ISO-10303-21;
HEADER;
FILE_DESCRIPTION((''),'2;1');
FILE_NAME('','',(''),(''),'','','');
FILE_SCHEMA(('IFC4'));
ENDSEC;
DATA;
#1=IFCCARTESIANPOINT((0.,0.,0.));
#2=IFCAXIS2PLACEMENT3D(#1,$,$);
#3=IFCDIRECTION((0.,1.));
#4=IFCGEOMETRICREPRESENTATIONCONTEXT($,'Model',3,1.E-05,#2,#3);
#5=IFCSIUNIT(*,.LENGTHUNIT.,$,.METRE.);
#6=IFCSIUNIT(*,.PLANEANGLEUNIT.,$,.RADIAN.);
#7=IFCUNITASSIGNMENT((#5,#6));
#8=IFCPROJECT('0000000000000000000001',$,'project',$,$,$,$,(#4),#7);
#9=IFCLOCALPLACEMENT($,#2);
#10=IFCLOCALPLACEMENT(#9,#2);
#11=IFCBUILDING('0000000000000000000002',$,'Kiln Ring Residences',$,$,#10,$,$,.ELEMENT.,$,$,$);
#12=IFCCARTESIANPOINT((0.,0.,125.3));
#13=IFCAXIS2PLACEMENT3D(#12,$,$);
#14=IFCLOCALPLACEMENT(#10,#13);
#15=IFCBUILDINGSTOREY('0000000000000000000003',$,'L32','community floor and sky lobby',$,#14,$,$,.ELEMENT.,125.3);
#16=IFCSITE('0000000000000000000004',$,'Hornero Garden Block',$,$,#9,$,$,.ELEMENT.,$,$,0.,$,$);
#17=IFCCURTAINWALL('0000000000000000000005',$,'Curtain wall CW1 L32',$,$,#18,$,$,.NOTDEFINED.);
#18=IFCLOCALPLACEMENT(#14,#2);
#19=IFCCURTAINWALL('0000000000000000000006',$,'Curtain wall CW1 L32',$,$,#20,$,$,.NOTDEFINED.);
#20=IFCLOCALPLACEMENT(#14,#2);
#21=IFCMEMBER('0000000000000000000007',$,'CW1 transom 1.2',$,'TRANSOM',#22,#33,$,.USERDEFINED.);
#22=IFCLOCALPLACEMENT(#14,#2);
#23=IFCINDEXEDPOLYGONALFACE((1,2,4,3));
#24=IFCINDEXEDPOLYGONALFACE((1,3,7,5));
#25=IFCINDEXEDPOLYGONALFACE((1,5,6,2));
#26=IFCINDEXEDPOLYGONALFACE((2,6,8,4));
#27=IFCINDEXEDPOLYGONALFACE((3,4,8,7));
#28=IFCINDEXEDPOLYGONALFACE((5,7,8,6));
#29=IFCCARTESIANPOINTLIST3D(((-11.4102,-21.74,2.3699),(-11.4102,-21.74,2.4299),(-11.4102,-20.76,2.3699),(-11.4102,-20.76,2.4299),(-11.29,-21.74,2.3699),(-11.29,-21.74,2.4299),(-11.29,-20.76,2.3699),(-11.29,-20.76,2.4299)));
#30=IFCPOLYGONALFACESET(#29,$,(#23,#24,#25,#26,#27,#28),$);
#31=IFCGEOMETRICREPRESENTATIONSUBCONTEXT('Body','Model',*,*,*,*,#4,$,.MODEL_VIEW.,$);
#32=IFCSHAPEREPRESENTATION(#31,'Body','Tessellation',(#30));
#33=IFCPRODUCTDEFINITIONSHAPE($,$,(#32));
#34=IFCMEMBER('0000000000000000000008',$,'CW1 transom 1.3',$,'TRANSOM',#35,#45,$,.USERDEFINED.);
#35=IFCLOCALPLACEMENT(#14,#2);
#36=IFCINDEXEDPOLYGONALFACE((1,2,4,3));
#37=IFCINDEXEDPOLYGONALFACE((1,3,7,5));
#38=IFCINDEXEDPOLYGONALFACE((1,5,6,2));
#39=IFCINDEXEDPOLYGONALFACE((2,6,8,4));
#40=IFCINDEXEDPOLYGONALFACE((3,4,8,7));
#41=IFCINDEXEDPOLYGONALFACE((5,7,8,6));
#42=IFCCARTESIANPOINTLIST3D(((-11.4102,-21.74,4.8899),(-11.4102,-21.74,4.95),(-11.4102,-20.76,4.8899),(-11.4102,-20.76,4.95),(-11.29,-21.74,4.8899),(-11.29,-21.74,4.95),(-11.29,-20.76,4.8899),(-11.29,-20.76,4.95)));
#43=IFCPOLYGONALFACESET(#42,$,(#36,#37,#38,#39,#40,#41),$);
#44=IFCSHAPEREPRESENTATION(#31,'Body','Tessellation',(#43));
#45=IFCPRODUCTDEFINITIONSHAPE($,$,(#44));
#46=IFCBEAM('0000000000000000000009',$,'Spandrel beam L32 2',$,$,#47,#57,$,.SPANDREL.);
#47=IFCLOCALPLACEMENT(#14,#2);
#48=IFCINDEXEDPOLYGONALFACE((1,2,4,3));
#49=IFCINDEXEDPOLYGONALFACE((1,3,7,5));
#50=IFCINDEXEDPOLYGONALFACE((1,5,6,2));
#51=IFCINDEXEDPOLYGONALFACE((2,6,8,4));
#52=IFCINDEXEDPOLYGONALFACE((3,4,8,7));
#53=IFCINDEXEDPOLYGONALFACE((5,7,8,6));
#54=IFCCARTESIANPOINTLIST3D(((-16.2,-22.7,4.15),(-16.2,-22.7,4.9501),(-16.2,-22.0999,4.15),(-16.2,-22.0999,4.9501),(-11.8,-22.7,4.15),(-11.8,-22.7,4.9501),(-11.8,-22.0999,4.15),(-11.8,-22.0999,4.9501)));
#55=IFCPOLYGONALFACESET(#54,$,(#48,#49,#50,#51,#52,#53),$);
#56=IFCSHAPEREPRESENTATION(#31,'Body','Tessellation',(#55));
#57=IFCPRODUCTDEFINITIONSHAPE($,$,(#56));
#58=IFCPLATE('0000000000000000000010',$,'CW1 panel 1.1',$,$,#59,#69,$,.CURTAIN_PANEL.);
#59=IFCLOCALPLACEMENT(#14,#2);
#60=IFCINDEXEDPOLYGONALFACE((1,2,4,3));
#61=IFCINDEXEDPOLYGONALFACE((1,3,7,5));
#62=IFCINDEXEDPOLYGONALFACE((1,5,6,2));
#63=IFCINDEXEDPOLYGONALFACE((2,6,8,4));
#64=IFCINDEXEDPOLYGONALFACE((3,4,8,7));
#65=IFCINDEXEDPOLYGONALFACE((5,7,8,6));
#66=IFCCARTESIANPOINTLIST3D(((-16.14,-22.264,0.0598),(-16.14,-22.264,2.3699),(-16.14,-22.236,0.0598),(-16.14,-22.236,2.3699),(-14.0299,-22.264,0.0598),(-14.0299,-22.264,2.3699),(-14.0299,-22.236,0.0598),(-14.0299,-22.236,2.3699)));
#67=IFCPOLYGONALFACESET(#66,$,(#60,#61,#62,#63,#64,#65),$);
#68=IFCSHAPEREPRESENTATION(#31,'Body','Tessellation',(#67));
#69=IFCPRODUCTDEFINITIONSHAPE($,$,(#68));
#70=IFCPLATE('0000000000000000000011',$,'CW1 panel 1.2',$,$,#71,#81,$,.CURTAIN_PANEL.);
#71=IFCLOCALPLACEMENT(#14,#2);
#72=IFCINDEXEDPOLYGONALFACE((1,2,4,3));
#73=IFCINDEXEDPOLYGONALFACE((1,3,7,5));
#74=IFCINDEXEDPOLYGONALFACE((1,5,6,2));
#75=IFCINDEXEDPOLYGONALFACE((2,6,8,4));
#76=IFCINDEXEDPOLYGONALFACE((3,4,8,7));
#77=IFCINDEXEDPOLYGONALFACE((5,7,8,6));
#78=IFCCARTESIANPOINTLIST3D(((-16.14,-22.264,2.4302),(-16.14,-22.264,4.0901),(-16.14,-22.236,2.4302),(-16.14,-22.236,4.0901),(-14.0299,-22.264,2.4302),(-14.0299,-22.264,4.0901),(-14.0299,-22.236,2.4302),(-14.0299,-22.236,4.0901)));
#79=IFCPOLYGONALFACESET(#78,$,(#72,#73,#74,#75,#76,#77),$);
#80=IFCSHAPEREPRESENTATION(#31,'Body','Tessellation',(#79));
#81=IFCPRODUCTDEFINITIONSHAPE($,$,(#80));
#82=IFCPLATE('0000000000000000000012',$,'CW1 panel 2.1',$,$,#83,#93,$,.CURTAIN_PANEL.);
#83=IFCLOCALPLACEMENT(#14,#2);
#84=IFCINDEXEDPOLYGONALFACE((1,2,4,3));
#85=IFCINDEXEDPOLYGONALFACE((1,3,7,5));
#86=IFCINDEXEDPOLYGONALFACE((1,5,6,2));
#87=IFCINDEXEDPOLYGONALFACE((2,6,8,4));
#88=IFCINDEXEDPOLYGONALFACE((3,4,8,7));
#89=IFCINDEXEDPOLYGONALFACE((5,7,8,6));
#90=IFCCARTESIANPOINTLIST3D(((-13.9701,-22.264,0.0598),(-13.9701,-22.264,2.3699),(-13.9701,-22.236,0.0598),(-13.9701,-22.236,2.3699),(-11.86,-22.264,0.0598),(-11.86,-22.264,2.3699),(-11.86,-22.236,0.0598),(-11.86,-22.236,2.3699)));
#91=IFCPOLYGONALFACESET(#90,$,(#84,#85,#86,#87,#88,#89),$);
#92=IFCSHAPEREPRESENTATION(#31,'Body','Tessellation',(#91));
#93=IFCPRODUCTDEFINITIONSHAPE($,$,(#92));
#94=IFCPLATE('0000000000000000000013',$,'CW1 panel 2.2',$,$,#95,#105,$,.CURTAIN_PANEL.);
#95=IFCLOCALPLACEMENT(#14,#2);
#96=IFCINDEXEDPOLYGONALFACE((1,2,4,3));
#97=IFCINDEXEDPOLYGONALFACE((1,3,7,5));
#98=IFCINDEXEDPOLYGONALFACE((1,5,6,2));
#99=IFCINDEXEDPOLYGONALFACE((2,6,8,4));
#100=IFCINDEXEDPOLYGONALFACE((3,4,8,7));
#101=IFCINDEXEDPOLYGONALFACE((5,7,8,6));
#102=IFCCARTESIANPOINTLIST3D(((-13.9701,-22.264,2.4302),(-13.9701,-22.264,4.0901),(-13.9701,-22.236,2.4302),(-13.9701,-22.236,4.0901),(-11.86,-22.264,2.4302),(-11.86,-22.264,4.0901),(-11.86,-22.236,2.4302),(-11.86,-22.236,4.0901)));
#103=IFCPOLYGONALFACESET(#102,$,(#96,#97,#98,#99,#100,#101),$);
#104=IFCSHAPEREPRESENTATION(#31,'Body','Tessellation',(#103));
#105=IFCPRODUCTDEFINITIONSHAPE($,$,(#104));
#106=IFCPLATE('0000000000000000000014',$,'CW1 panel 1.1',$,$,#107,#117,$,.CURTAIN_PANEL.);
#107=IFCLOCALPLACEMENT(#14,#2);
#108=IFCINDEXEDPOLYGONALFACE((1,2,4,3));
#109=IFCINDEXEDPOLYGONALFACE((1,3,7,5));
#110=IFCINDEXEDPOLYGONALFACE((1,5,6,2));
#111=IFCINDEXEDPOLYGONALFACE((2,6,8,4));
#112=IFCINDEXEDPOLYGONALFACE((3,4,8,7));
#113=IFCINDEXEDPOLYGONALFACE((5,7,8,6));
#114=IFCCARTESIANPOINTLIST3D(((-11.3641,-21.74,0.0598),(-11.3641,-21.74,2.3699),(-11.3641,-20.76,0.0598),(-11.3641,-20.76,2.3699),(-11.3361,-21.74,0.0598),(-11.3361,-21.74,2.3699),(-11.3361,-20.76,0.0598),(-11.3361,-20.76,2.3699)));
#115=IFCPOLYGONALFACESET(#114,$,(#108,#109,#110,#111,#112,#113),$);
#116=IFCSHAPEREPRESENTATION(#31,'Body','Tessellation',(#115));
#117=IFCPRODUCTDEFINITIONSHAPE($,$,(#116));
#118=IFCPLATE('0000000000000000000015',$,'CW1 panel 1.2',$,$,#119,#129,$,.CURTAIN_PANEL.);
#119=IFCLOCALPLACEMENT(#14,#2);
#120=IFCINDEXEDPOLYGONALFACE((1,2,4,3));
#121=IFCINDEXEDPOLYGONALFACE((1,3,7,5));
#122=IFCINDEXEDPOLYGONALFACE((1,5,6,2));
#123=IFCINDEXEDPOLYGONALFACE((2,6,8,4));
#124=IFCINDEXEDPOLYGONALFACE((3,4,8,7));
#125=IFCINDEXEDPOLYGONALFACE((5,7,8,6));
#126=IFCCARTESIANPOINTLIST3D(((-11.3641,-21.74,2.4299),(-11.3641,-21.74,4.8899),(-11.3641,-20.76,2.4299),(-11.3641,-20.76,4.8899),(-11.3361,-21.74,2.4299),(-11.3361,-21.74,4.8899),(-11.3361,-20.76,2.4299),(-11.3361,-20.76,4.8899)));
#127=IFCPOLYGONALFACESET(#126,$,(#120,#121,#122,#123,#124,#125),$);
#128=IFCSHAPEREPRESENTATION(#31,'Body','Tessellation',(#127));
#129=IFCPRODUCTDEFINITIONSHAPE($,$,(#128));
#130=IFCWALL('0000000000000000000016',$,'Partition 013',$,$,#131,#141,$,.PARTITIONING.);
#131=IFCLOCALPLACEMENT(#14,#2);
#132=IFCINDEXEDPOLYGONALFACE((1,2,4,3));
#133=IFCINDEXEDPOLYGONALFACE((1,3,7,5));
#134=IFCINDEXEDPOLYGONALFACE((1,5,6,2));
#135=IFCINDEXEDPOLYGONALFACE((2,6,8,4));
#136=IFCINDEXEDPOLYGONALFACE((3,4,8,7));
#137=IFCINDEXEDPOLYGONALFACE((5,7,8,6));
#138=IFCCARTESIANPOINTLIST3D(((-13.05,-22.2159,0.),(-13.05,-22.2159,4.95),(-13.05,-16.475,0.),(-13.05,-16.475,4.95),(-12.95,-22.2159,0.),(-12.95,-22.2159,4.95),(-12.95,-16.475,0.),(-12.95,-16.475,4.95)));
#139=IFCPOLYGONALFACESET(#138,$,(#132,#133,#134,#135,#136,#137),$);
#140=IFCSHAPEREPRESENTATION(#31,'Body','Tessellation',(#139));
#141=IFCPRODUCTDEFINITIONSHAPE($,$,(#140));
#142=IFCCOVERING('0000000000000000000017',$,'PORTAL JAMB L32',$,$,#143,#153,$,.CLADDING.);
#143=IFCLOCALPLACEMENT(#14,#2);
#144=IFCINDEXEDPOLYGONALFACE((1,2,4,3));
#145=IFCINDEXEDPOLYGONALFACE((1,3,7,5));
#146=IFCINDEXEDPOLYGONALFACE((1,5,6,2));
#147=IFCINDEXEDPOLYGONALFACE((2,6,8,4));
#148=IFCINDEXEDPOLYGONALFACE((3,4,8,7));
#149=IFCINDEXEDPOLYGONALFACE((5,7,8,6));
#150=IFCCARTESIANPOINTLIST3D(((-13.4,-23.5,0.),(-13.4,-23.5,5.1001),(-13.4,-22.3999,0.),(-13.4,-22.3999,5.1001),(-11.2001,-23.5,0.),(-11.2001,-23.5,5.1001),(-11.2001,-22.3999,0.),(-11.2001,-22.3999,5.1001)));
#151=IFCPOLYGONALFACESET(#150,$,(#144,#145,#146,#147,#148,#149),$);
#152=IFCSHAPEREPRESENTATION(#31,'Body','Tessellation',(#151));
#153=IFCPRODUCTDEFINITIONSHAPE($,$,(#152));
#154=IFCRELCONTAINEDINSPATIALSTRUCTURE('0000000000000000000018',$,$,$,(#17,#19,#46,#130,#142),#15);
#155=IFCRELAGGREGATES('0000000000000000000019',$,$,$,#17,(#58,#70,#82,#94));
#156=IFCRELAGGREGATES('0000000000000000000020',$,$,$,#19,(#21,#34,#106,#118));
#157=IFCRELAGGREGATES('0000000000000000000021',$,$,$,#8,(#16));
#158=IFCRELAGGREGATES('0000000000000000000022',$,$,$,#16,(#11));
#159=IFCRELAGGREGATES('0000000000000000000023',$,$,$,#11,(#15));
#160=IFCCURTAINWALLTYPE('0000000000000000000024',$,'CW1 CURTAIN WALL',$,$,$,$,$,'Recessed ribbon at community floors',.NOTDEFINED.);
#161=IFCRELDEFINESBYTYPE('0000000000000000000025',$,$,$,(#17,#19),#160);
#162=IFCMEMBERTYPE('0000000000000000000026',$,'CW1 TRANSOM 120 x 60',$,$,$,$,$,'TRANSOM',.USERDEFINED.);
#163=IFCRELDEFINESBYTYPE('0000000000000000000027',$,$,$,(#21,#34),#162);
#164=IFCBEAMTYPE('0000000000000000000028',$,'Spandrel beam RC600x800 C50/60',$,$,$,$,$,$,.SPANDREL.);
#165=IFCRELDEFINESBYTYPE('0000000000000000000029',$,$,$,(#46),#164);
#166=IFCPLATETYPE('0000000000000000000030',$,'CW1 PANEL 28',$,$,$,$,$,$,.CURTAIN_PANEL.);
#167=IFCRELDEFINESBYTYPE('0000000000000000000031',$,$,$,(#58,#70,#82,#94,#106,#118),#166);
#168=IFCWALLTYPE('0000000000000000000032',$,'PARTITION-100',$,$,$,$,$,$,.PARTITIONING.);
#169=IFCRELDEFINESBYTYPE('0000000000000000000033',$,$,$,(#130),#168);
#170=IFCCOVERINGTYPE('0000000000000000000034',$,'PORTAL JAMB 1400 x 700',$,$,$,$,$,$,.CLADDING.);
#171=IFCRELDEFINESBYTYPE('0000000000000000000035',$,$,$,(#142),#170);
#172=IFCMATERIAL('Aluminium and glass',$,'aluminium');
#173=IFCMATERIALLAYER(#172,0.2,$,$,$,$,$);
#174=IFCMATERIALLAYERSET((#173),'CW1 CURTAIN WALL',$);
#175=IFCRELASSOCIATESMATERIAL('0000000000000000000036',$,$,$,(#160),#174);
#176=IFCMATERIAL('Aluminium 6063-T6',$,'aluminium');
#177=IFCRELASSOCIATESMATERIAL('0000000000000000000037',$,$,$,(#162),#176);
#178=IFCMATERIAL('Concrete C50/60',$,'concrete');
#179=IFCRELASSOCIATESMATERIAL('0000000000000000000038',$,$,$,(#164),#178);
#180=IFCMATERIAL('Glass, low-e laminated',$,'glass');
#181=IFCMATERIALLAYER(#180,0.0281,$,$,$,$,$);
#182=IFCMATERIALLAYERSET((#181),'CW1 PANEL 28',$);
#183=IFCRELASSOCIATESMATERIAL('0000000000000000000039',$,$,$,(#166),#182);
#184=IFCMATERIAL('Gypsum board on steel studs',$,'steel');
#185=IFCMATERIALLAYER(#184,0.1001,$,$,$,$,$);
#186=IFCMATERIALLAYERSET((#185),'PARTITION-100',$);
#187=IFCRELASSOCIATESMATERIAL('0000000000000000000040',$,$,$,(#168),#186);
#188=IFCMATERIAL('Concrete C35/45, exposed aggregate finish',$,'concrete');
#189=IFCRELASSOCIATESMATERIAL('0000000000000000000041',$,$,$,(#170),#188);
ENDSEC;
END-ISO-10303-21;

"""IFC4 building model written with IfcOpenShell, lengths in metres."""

from ifc_helpers import new_model, si_unit, direction, frame, frame_2d, origin, origin_2d, place, context, subcontext, project, spatial, rectangle, extrude, material, layer, layer_set, material_profile, profile_set, type_object, element, aggregate, save


model = new_model("IFC4")

# Units and contexts
model_context = context("Model", 3, precision=1e-05, world=origin(), true_north=direction((0.0, 1.0)))
body_context = subcontext(model_context, "Body", "Model", "MODEL_VIEW")
ifc_project = project(units=[si_unit("LENGTHUNIT", "METRE"), si_unit("PLANEANGLEUNIT", "RADIAN")], contexts=[model_context])

# Site, building, storey
site_placement = place(None, origin())
site = spatial("IfcSite", under=ifc_project, at=site_placement, Name="Hornero Garden Block", CompositionType="ELEMENT", RefElevation=0.0)
building_placement = place(site_placement, origin())
building = spatial("IfcBuilding", under=site, at=building_placement, Name="Kiln Ring Residences", CompositionType="ELEMENT")
storey_placement = place(building_placement, frame((0.0, 0.0, 125.3)))
storey = spatial("IfcBuildingStorey", under=building, at=storey_placement, Name="L32", Description="community floor and sky lobby", CompositionType="ELEMENT", Elevation=125.3)

# Shared definitions
ifc_material_1 = material(Name="Aluminium and glass", Category="aluminium")
ifc_layer_1 = layer(ifc_material_1, 0.2)
ifc_layer_set_1 = layer_set([ifc_layer_1], Name="CW1 CURTAIN WALL")
curtain_wall_type = type_object("IfcCurtainWallType", Name="CW1 CURTAIN WALL", ElementType="Recessed ribbon at community floors", PredefinedType="NOTDEFINED", material=ifc_layer_set_1)
placement = place(storey_placement, origin())

# Curtain wall
curtain_wall_1 = element("IfcCurtainWall", 1, at=placement, inside=storey, type_object=curtain_wall_type, Name="Curtain wall CW1 L32", PredefinedType="NOTDEFINED")

# Curtain wall
curtain_wall_2 = element("IfcCurtainWall", 2, at=placement, inside=storey, type_object=curtain_wall_type, Name="Curtain wall CW1 L32", PredefinedType="NOTDEFINED")

# Members
ifc_material_2 = material(Name="Aluminium 6063-T6", Category="aluminium")
ifc_material_profile_1 = material_profile(ifc_material_2, rectangle(XDim=0.1201, YDim=0.0601, at=origin_2d()), Name="AL 120x60")
ifc_profile_set_1 = profile_set([ifc_material_profile_1], Name="Aluminium 6063-T6")
member_type_1 = type_object("IfcMemberType", Name="CW1 TRANSOM 120 x 60", ElementType="TRANSOM", PredefinedType="USERDEFINED", material=ifc_profile_set_1)
member_1_placement = place(storey_placement, frame((-11.3501, -21.74, 2.3999), z_axis=(0.0, 1.0, 0.0), x_axis=(-1.0, 0.0, 0.0)))
member_1 = element("IfcMember", 3, at=member_1_placement, type_object=member_type_1, Name="CW1 transom 1.2", ObjectType="TRANSOM", PredefinedType="USERDEFINED", context=body_context, shape_type="SweptSolid", body=[
    extrude(rectangle(XDim=0.1201, YDim=0.0601, at=origin_2d()), origin(), (0.0, 0.0, 1.0), 0.98),
])
member_2_placement = place(storey_placement, frame((-11.3501, -21.74, 4.9199), z_axis=(0.0, 1.0, 0.0), x_axis=(-1.0, 0.0, 0.0)))
member_2 = element("IfcMember", 4, at=member_2_placement, type_object=member_type_1, Name="CW1 transom 1.3", ObjectType="TRANSOM", PredefinedType="USERDEFINED", context=body_context, shape_type="SweptSolid", body=[
    extrude(rectangle(XDim=0.1201, YDim=0.0601, at=origin_2d()), origin(), (0.0, 0.0, 1.0), 0.98),
])

# Beam
ifc_material_3 = material(Name="Concrete C50/60", Category="concrete")
ifc_material_profile_2 = material_profile(ifc_material_3, rectangle(XDim=0.6001, YDim=0.8, at=origin_2d()), Name="RC600x800")
ifc_profile_set_2 = profile_set([ifc_material_profile_2], Name="Concrete C50/60")
beam_type = type_object("IfcBeamType", Name="Spandrel beam RC600x800 C50/60", PredefinedType="SPANDREL", material=ifc_profile_set_2)
beam_placement = place(storey_placement, frame((-16.2, -22.3999, 4.55), z_axis=(1.0, 0.0, 0.0), x_axis=(0.0, 1.0, 0.0)))
element("IfcBeam", 5, at=beam_placement, inside=storey, type_object=beam_type, Name="Spandrel beam L32 2", PredefinedType="SPANDREL", context=body_context, shape_type="SweptSolid", body=[
    extrude(rectangle(XDim=0.6001, YDim=0.8, at=origin_2d()), origin(), (0.0, 0.0, 1.0), 4.3999),
])

# Plates
ifc_material_4 = material(Name="Glass, low-e laminated", Category="glass")
ifc_layer_2 = layer(ifc_material_4, 0.0281)
ifc_layer_set_2 = layer_set([ifc_layer_2], Name="CW1 PANEL 28")
plate_type = type_object("IfcPlateType", Name="CW1 PANEL 28", PredefinedType="CURTAIN_PANEL", material=ifc_layer_set_2)
plate_1_placement = place(storey_placement, frame((-15.085, -22.25, 0.0598), z_axis=(0.0, 0.0, 1.0), x_axis=(1.0, 0.0, 0.0)))
plate_1 = element("IfcPlate", 6, at=plate_1_placement, type_object=plate_type, Name="CW1 panel 1.1", PredefinedType="CURTAIN_PANEL", context=body_context, shape_type="SweptSolid", body=[
    extrude(rectangle(XDim=2.1101, YDim=0.0281, at=origin_2d()), origin(), (0.0, 0.0, 1.0), 2.3101),
])
plate_2_placement = place(storey_placement, frame((-15.085, -22.25, 2.4302), z_axis=(0.0, 0.0, 1.0), x_axis=(1.0, 0.0, 0.0)))
plate_2 = element("IfcPlate", 7, at=plate_2_placement, type_object=plate_type, Name="CW1 panel 1.2", PredefinedType="CURTAIN_PANEL", context=body_context, shape_type="SweptSolid", body=[
    extrude(rectangle(XDim=2.1101, YDim=0.0281, at=origin_2d()), origin(), (0.0, 0.0, 1.0), 1.6599),
])
plate_3_placement = place(storey_placement, frame((-12.915, -22.25, 0.0598), z_axis=(0.0, 0.0, 1.0), x_axis=(1.0, 0.0, 0.0)))
plate_3 = element("IfcPlate", 8, at=plate_3_placement, type_object=plate_type, Name="CW1 panel 2.1", PredefinedType="CURTAIN_PANEL", context=body_context, shape_type="SweptSolid", body=[
    extrude(rectangle(XDim=2.1101, YDim=0.0281, at=origin_2d()), origin(), (0.0, 0.0, 1.0), 2.3101),
])
plate_4_placement = place(storey_placement, frame((-12.915, -22.25, 2.4302), z_axis=(0.0, 0.0, 1.0), x_axis=(1.0, 0.0, 0.0)))
plate_4 = element("IfcPlate", 9, at=plate_4_placement, type_object=plate_type, Name="CW1 panel 2.2", PredefinedType="CURTAIN_PANEL", context=body_context, shape_type="SweptSolid", body=[
    extrude(rectangle(XDim=2.1101, YDim=0.0281, at=origin_2d()), origin(), (0.0, 0.0, 1.0), 1.6599),
])
aggregate(curtain_wall_1, [plate_1, plate_2, plate_3, plate_4])
plate_5_placement = place(storey_placement, frame((-11.3501, -21.25, 0.0598), z_axis=(0.0, 0.0, 1.0), x_axis=(0.0, 1.0, 0.0)))
plate_5 = element("IfcPlate", 10, at=plate_5_placement, type_object=plate_type, Name="CW1 panel 1.1", PredefinedType="CURTAIN_PANEL", context=body_context, shape_type="SweptSolid", body=[
    extrude(rectangle(XDim=0.98, YDim=0.0281, at=origin_2d()), origin(), (0.0, 0.0, 1.0), 2.3101),
])
plate_6_placement = place(storey_placement, frame((-11.3501, -21.25, 2.4299), z_axis=(0.0, 0.0, 1.0), x_axis=(0.0, 1.0, 0.0)))
plate_6 = element("IfcPlate", 11, at=plate_6_placement, type_object=plate_type, Name="CW1 panel 1.2", PredefinedType="CURTAIN_PANEL", context=body_context, shape_type="SweptSolid", body=[
    extrude(rectangle(XDim=0.98, YDim=0.0281, at=origin_2d()), origin(), (0.0, 0.0, 1.0), 2.46),
])
aggregate(curtain_wall_2, [member_1, member_2, plate_5, plate_6])

# Wall
ifc_material_5 = material(Name="Gypsum board on steel studs", Category="steel")
ifc_layer_3 = layer(ifc_material_5, 0.1001)
ifc_layer_set_3 = layer_set([ifc_layer_3], Name="PARTITION-100")
wall_type = type_object("IfcWallType", Name="PARTITION-100", PredefinedType="PARTITIONING", material=ifc_layer_set_3)
wall_placement = place(storey_placement, frame((-13.0, -22.2161, 0.0), z_axis=(0.0, 0.0, 1.0), x_axis=(0.0, 1.0, 0.0)))
element("IfcWall", 12, at=wall_placement, inside=storey, type_object=wall_type, Name="Partition 013", PredefinedType="PARTITIONING", context=body_context, shape_type="SweptSolid", body=[
    extrude(rectangle(XDim=5.741, YDim=0.1001, at=frame_2d((2.8706, 0.0))), origin(), (0.0, 0.0, 1.0), 4.95),
])

# Covering
ifc_material_6 = material(Name="Concrete C35/45, exposed aggregate finish", Category="concrete")
covering_type = type_object("IfcCoveringType", Name="PORTAL JAMB 1400 x 700", PredefinedType="CLADDING", material=ifc_material_6)
covering_placement = place(storey_placement, frame((-12.3, -22.95, 0.0), z_axis=(0.0, 0.0, 1.0), x_axis=(1.0, 0.0, 0.0)))
element("IfcCovering", 13, at=covering_placement, inside=storey, type_object=covering_type, Name="PORTAL JAMB L32", PredefinedType="CLADDING", context=body_context, shape_type="SweptSolid", body=[
    extrude(rectangle(XDim=2.2, YDim=1.1001, at=origin_2d()), origin(), (0.0, 0.0, 1.0), 5.1001),
])

save(model, "model.ifc")
